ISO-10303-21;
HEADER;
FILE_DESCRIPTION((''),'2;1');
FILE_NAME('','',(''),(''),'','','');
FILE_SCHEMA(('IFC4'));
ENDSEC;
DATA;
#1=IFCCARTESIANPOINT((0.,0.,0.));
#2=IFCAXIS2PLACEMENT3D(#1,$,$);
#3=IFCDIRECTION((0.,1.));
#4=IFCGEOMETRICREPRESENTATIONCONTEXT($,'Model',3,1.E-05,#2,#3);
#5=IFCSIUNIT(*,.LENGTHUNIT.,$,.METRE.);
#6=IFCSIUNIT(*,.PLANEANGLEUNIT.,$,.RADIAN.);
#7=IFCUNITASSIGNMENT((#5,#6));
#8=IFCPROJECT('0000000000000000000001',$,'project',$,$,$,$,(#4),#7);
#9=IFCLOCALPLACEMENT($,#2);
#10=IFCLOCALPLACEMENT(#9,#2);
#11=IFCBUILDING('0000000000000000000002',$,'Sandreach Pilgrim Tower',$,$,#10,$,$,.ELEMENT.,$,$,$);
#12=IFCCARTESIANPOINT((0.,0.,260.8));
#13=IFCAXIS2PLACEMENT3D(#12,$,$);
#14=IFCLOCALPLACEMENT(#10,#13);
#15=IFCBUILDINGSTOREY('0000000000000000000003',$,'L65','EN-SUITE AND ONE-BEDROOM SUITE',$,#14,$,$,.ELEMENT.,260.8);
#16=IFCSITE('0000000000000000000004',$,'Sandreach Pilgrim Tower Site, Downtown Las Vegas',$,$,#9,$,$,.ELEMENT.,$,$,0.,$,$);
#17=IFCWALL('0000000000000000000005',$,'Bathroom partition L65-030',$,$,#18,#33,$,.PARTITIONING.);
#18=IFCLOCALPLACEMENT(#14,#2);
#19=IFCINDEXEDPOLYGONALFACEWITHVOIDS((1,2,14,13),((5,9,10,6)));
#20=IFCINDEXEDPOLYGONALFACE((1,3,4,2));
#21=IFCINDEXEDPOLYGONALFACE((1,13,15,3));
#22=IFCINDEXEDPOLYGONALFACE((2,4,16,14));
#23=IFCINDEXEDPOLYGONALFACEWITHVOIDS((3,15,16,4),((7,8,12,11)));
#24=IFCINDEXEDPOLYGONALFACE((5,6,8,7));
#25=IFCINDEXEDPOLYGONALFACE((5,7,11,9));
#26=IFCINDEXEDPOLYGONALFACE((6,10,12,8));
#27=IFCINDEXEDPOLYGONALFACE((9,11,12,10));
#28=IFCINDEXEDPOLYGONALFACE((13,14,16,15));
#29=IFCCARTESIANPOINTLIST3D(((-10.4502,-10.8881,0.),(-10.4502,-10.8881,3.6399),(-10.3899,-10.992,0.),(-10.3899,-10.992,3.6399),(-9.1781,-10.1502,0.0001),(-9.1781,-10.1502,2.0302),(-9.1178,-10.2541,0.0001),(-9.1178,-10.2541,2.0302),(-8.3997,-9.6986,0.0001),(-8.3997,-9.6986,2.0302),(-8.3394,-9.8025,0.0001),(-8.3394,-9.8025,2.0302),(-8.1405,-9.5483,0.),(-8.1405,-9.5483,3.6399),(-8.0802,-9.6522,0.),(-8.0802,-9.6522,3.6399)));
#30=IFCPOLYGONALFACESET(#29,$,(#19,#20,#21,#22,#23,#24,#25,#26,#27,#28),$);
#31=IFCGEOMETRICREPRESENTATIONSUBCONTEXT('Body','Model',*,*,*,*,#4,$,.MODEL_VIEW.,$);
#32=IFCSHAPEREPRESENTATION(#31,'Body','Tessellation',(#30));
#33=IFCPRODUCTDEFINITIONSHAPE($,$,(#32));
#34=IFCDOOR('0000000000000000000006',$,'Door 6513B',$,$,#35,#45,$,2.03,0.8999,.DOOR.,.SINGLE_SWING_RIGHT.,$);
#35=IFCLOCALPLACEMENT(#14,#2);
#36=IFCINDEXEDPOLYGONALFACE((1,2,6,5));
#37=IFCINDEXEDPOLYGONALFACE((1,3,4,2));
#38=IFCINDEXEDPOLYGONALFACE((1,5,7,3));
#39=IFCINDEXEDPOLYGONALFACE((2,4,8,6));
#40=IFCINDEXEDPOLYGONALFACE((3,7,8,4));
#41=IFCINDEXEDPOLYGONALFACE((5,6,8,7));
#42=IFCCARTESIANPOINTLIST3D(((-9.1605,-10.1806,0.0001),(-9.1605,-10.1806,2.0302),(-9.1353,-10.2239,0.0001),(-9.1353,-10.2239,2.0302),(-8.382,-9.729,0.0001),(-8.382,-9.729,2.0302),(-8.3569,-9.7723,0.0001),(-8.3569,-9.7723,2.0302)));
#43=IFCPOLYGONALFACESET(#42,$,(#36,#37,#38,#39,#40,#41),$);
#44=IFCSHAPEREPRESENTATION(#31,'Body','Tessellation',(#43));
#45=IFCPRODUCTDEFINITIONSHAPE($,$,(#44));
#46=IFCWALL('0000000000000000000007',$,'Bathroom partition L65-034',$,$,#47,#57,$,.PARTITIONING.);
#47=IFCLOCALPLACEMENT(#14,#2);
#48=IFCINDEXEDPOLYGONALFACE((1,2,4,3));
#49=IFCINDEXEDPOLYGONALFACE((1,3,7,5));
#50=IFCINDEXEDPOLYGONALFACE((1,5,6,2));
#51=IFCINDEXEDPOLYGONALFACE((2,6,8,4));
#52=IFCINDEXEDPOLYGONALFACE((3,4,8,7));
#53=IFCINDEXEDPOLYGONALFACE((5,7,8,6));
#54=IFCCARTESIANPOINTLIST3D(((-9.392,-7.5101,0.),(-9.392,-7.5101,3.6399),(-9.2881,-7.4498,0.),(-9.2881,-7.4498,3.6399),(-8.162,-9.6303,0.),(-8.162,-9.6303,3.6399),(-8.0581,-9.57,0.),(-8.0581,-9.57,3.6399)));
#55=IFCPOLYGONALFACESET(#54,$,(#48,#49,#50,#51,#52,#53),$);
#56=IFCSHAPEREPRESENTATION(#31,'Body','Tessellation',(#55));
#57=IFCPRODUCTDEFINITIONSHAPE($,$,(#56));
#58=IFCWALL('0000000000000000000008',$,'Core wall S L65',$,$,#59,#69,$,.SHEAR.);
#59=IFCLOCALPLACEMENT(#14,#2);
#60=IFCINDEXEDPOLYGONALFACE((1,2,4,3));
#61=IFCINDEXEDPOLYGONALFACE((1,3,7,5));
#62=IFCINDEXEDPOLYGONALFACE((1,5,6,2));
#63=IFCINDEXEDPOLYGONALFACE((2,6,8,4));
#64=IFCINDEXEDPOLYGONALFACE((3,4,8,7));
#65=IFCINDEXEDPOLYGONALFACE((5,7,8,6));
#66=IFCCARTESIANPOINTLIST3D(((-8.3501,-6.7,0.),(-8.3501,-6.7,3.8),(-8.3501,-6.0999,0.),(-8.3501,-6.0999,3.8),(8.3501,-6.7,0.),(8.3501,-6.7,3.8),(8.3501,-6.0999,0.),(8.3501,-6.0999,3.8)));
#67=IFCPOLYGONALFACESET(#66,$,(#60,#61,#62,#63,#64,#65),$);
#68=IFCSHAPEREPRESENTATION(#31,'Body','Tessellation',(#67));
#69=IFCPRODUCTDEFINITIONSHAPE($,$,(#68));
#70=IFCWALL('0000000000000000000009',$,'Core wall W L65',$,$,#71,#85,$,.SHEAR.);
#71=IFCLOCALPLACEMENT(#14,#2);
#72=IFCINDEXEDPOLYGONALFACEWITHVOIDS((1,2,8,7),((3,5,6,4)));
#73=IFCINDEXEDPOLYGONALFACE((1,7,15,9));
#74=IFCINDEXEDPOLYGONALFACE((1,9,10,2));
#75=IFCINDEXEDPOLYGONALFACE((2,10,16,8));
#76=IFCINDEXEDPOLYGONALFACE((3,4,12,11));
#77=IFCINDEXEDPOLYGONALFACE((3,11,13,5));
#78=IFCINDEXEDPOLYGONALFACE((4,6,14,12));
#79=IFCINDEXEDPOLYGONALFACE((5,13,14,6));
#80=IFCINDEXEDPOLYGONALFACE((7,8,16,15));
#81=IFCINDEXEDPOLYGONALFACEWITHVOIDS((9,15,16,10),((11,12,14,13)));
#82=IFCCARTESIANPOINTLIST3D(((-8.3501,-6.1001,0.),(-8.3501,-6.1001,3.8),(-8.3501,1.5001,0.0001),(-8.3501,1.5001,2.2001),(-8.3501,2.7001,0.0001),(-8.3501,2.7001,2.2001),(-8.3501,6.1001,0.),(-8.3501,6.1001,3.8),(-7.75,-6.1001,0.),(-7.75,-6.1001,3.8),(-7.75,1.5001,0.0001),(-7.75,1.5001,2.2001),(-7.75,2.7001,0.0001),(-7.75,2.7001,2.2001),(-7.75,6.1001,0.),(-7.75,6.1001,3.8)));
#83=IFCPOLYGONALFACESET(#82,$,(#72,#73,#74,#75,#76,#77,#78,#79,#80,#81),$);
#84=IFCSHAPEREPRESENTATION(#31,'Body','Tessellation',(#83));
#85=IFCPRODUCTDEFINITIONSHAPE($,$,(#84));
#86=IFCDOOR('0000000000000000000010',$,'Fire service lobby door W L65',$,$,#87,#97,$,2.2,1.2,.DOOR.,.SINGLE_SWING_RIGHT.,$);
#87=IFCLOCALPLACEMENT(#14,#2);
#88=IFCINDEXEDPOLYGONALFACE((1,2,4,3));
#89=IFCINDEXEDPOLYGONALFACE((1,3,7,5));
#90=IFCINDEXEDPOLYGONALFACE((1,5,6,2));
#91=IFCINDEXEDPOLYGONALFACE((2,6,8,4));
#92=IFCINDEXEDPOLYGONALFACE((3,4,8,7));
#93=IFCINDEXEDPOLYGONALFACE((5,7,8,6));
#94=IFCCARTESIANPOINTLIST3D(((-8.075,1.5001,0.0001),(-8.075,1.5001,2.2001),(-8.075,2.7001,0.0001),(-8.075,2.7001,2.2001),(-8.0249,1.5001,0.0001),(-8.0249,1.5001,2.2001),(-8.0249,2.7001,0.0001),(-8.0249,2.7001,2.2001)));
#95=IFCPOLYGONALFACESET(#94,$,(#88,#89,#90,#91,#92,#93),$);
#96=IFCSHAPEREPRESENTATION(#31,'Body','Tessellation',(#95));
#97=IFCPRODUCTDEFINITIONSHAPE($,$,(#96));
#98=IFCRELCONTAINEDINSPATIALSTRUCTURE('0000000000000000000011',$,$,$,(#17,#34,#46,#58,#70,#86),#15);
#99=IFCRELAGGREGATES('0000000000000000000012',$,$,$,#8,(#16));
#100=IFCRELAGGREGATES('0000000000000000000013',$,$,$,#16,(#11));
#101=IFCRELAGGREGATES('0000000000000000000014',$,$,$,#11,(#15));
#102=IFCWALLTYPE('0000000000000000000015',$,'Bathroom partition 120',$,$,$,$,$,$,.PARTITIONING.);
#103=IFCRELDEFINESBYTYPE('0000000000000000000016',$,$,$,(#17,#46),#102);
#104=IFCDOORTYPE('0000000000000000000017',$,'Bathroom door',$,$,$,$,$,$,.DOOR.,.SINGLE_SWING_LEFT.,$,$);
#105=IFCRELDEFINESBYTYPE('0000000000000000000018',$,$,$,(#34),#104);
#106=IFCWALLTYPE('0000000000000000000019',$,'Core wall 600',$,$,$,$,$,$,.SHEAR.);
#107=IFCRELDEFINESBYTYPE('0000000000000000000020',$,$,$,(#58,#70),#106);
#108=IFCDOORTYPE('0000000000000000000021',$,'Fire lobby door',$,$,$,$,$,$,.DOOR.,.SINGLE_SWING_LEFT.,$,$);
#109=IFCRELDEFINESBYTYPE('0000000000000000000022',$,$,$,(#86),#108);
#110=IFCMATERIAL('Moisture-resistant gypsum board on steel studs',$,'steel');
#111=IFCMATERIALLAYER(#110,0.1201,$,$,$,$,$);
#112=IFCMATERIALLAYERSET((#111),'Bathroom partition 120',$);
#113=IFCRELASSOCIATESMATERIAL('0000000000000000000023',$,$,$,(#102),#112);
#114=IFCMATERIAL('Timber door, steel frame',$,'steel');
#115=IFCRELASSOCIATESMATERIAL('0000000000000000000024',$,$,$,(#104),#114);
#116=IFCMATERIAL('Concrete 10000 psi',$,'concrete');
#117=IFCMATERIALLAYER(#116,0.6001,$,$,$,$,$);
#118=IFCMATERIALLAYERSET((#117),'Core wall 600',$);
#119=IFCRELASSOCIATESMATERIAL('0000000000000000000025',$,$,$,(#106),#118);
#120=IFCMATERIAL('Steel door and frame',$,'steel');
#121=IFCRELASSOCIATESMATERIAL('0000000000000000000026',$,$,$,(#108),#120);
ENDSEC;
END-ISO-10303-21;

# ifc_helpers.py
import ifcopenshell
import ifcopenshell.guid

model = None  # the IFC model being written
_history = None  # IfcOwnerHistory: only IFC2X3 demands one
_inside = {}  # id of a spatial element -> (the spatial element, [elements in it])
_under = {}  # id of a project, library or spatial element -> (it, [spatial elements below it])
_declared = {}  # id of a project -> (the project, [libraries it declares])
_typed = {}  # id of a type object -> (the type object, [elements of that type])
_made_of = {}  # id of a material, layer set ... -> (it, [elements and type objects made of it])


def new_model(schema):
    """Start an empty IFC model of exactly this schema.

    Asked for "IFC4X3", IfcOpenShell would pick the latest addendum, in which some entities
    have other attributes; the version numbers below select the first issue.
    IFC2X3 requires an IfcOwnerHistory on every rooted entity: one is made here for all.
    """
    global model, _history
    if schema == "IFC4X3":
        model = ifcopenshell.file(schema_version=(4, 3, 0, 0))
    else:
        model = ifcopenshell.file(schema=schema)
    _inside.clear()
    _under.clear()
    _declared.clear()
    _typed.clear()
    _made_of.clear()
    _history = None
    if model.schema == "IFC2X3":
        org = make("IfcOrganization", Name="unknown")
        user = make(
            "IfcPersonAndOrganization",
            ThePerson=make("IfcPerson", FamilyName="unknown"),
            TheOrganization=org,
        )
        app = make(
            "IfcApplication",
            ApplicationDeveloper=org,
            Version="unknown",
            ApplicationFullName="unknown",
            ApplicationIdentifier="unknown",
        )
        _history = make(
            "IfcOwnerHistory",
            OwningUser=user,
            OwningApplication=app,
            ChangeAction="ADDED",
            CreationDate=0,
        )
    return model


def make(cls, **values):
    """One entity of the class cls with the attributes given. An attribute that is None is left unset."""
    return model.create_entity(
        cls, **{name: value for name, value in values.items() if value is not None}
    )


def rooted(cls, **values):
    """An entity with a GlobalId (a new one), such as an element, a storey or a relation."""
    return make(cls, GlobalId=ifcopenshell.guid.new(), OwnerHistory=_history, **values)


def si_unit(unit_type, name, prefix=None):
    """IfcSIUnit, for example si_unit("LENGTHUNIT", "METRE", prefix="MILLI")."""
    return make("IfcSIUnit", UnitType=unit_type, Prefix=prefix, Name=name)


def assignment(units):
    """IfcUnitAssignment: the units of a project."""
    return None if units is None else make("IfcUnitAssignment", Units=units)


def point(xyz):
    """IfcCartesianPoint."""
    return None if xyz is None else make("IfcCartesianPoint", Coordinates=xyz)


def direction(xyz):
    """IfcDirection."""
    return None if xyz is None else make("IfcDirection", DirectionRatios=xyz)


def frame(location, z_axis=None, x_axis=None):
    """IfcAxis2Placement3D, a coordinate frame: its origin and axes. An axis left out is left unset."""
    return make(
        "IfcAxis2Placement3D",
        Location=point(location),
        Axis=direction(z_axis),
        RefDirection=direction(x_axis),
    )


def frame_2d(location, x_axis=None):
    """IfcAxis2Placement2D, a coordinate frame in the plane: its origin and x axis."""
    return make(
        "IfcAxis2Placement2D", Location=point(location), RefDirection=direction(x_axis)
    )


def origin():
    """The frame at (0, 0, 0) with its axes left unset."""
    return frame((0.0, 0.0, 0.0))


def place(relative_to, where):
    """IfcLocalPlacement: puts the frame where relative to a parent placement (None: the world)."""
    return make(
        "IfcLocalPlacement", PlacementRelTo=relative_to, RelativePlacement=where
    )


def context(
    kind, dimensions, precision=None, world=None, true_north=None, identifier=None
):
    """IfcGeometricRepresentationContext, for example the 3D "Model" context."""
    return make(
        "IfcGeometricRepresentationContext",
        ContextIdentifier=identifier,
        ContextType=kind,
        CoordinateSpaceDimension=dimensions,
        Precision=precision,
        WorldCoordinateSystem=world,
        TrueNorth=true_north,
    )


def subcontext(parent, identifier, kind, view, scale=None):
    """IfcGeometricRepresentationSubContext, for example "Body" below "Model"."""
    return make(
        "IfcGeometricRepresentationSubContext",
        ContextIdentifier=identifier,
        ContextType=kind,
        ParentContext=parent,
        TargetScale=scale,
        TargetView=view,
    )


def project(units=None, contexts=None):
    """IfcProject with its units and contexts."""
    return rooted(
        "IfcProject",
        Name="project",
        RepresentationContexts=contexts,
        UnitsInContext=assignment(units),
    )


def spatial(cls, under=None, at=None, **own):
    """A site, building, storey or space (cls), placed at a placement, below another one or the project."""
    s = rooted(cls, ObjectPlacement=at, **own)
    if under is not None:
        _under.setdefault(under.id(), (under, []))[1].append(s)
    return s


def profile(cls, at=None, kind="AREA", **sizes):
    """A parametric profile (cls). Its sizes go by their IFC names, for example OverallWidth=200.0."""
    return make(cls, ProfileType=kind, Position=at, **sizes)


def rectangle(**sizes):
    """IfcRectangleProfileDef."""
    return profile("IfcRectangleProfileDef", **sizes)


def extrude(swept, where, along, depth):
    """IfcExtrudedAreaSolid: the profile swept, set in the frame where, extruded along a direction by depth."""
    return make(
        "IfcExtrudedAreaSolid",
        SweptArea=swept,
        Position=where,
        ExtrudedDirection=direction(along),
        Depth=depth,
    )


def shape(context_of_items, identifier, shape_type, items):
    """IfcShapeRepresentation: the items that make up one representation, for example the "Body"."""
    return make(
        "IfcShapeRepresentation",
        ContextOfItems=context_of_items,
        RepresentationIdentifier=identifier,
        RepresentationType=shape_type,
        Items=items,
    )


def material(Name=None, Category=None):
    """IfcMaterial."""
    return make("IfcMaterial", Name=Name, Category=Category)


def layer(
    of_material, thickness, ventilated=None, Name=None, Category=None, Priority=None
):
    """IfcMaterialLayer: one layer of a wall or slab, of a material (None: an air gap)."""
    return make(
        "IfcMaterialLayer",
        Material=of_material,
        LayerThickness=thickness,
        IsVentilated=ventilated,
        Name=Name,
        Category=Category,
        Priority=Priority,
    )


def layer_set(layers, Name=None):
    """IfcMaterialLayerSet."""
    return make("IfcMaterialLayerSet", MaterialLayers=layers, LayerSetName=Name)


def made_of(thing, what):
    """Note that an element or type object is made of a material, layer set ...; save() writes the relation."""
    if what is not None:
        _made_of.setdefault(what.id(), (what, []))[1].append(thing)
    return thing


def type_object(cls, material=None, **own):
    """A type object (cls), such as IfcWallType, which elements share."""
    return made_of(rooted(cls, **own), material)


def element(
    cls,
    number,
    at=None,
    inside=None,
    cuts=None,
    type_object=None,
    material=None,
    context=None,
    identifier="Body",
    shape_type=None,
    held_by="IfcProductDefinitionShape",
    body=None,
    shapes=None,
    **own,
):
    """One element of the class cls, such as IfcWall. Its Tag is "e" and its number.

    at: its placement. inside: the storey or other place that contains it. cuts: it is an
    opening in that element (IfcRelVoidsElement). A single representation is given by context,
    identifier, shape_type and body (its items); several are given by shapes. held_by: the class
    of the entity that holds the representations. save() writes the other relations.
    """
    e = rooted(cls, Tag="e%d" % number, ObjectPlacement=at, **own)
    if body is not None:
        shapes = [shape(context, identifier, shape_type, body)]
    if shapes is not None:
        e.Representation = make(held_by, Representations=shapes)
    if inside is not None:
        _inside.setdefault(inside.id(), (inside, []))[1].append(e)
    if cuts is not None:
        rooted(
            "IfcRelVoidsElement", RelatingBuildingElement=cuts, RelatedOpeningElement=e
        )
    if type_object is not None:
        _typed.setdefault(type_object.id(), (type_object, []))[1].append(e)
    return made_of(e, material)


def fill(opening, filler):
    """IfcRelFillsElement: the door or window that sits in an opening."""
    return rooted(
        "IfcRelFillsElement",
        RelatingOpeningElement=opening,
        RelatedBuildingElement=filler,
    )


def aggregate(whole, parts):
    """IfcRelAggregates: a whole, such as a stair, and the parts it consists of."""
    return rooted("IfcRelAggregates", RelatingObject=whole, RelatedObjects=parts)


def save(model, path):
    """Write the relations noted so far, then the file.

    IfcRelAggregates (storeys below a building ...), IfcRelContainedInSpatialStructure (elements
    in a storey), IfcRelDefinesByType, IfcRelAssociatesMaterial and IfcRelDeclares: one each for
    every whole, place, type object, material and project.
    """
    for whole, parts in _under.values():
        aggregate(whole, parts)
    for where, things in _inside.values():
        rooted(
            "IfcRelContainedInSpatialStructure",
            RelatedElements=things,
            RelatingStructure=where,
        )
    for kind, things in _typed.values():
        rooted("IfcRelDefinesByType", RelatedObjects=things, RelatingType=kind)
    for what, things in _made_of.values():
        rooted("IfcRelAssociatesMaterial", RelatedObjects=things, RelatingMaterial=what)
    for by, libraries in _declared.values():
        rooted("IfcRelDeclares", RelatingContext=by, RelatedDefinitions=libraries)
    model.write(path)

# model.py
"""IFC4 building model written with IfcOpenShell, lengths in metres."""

from ifc_helpers import new_model, si_unit, direction, frame, frame_2d, origin, place, context, subcontext, project, spatial, rectangle, extrude, material, layer, layer_set, type_object, element, fill, save


model = new_model("IFC4")

# Units and contexts
model_context = context("Model", 3, precision=1e-05, world=origin(), true_north=direction((0.0, 1.0)))
body_context = subcontext(model_context, "Body", "Model", "MODEL_VIEW")
ifc_project = project(units=[si_unit("LENGTHUNIT", "METRE"), si_unit("PLANEANGLEUNIT", "RADIAN")], contexts=[model_context])

# Site, building, storey
site_placement = place(None, origin())
site = spatial("IfcSite", under=ifc_project, at=site_placement, Name="Sandreach Pilgrim Tower Site, Downtown Las Vegas", CompositionType="ELEMENT", RefElevation=0.0)
building_placement = place(site_placement, origin())
building = spatial("IfcBuilding", under=site, at=building_placement, Name="Sandreach Pilgrim Tower", CompositionType="ELEMENT")
storey_placement = place(building_placement, frame((0.0, 0.0, 260.8)))
storey = spatial("IfcBuildingStorey", under=building, at=storey_placement, Name="L65", Description="EN-SUITE AND ONE-BEDROOM SUITE", CompositionType="ELEMENT", Elevation=260.8)

# Shared definitions
ifc_material_1 = material(Name="Moisture-resistant gypsum board on steel studs", Category="steel")
ifc_layer_1 = layer(ifc_material_1, 0.1201)
ifc_layer_set_1 = layer_set([ifc_layer_1], Name="Bathroom partition 120")
wall_type_1 = type_object("IfcWallType", Name="Bathroom partition 120", PredefinedType="PARTITIONING", material=ifc_layer_set_1)
ifc_material_2 = material(Name="Timber door, steel frame", Category="steel")
door_type_1 = type_object("IfcDoorType", Name="Bathroom door", OperationType="SINGLE_SWING_LEFT", PredefinedType="DOOR", material=ifc_material_2)

# Wall, opening, door
wall_1_placement = place(storey_placement, frame((-10.4199, -10.9399, 0.0), z_axis=(0.0, 0.0, 1.0), x_axis=(0.865007, 0.501761, 0.0)))
wall_1 = element("IfcWall", 1, at=wall_1_placement, inside=storey, type_object=wall_type_1, Name="Bathroom partition L65-030", PredefinedType="PARTITIONING", context=body_context, shape_type="SweptSolid", body=[
    extrude(rectangle(XDim=2.6702, YDim=0.1201, at=frame_2d((1.335, 0.0))), origin(), (0.0, 0.0, 1.0), 3.6399),
])
opening_1_placement = place(wall_1_placement, frame((1.4705, 0.0, 0.0)))
opening_1 = element("IfcOpeningElement", 2, at=opening_1_placement, cuts=wall_1, PredefinedType="OPENING", context=body_context, shape_type="SweptSolid", body=[
    extrude(rectangle(XDim=0.8999, YDim=2.03, at=frame_2d((0.45, 1.0151))), frame((0.0, 0.0601, 0.0), z_axis=(0.0, -1.0, 0.0), x_axis=(1.0, 0.0, 0.0)), (0.0, 0.0, 1.0), 0.1201),
])
door_1_placement = place(opening_1_placement, origin())
door_1 = element("IfcDoor", 3, at=door_1_placement, inside=storey, type_object=door_type_1, Name="Door 6513B", OperationType="SINGLE_SWING_RIGHT", OverallHeight=2.03, OverallWidth=0.8999, PredefinedType="DOOR", context=body_context, shape_type="SweptSolid", body=[
    extrude(rectangle(XDim=0.8999, YDim=2.03, at=frame_2d((0.45, 1.0151))), frame((0.0, 0.0249, 0.0), z_axis=(0.0, -1.0, 0.0), x_axis=(1.0, 0.0, 0.0)), (0.0, 0.0, 1.0), 0.05),
])
fill(opening_1, door_1)

# Walls
wall_2_placement = place(storey_placement, frame((-9.3401, -7.48, 0.0), z_axis=(0.0, 0.0, 1.0), x_axis=(0.501813, -0.864976, 0.0)))
element("IfcWall", 4, at=wall_2_placement, inside=storey, type_object=wall_type_1, Name="Bathroom partition L65-034", PredefinedType="PARTITIONING", context=body_context, shape_type="SweptSolid", body=[
    extrude(rectangle(XDim=2.4512, YDim=0.1201, at=frame_2d((1.2256, 0.0))), origin(), (0.0, 0.0, 1.0), 3.6399),
])
ifc_material_3 = material(Name="Concrete 10000 psi", Category="concrete")
ifc_layer_2 = layer(ifc_material_3, 0.6001)
ifc_layer_set_2 = layer_set([ifc_layer_2], Name="Core wall 600")
wall_type_2 = type_object("IfcWallType", Name="Core wall 600", PredefinedType="SHEAR", material=ifc_layer_set_2)
wall_3_placement = place(storey_placement, frame((-8.3501, -6.3999, 0.0), z_axis=(0.0, 0.0, 1.0), x_axis=(1.0, 0.0, 0.0)))
element("IfcWall", 5, at=wall_3_placement, inside=storey, type_object=wall_type_2, Name="Core wall S L65", PredefinedType="SHEAR", context=body_context, shape_type="SweptSolid", body=[
    extrude(rectangle(XDim=16.7002, YDim=0.6001, at=frame_2d((8.3501, 0.0))), origin(), (0.0, 0.0, 1.0), 3.8),
])

# Wall, opening, door
wall_4_placement = place(storey_placement, frame((-8.05, -6.1001, 0.0), z_axis=(0.0, 0.0, 1.0), x_axis=(0.0, 1.0, 0.0)))
wall_4 = element("IfcWall", 6, at=wall_4_placement, inside=storey, type_object=wall_type_2, Name="Core wall W L65", PredefinedType="SHEAR", context=body_context, shape_type="SweptSolid", body=[
    extrude(rectangle(XDim=12.2002, YDim=0.6001, at=frame_2d((6.1001, 0.0))), origin(), (0.0, 0.0, 1.0), 3.8),
])
opening_2_placement = place(wall_4_placement, frame((7.6001, 0.0, 0.0)))
opening_2 = element("IfcOpeningElement", 7, at=opening_2_placement, cuts=wall_4, PredefinedType="OPENING", context=body_context, shape_type="SweptSolid", body=[
    extrude(rectangle(XDim=1.2, YDim=2.2, at=frame_2d((0.6001, 1.1001))), frame((0.0, 0.3, 0.0), z_axis=(0.0, -1.0, 0.0), x_axis=(1.0, 0.0, 0.0)), (0.0, 0.0, 1.0), 0.6001),
])
ifc_material_4 = material(Name="Steel door and frame", Category="steel")
door_type_2 = type_object("IfcDoorType", Name="Fire lobby door", OperationType="SINGLE_SWING_LEFT", PredefinedType="DOOR", material=ifc_material_4)
door_2_placement = place(opening_2_placement, origin())
door_2 = element("IfcDoor", 8, at=door_2_placement, inside=storey, type_object=door_type_2, Name="Fire service lobby door W L65", OperationType="SINGLE_SWING_RIGHT", OverallHeight=2.2, OverallWidth=1.2, PredefinedType="DOOR", context=body_context, shape_type="SweptSolid", body=[
    extrude(rectangle(XDim=1.2, YDim=2.2, at=frame_2d((0.6001, 1.1001))), frame((0.0, 0.0249, 0.0), z_axis=(0.0, -1.0, 0.0), x_axis=(1.0, 0.0, 0.0)), (0.0, 0.0, 1.0), 0.05),
])
fill(opening_2, door_2)

save(model, "model.ifc")
